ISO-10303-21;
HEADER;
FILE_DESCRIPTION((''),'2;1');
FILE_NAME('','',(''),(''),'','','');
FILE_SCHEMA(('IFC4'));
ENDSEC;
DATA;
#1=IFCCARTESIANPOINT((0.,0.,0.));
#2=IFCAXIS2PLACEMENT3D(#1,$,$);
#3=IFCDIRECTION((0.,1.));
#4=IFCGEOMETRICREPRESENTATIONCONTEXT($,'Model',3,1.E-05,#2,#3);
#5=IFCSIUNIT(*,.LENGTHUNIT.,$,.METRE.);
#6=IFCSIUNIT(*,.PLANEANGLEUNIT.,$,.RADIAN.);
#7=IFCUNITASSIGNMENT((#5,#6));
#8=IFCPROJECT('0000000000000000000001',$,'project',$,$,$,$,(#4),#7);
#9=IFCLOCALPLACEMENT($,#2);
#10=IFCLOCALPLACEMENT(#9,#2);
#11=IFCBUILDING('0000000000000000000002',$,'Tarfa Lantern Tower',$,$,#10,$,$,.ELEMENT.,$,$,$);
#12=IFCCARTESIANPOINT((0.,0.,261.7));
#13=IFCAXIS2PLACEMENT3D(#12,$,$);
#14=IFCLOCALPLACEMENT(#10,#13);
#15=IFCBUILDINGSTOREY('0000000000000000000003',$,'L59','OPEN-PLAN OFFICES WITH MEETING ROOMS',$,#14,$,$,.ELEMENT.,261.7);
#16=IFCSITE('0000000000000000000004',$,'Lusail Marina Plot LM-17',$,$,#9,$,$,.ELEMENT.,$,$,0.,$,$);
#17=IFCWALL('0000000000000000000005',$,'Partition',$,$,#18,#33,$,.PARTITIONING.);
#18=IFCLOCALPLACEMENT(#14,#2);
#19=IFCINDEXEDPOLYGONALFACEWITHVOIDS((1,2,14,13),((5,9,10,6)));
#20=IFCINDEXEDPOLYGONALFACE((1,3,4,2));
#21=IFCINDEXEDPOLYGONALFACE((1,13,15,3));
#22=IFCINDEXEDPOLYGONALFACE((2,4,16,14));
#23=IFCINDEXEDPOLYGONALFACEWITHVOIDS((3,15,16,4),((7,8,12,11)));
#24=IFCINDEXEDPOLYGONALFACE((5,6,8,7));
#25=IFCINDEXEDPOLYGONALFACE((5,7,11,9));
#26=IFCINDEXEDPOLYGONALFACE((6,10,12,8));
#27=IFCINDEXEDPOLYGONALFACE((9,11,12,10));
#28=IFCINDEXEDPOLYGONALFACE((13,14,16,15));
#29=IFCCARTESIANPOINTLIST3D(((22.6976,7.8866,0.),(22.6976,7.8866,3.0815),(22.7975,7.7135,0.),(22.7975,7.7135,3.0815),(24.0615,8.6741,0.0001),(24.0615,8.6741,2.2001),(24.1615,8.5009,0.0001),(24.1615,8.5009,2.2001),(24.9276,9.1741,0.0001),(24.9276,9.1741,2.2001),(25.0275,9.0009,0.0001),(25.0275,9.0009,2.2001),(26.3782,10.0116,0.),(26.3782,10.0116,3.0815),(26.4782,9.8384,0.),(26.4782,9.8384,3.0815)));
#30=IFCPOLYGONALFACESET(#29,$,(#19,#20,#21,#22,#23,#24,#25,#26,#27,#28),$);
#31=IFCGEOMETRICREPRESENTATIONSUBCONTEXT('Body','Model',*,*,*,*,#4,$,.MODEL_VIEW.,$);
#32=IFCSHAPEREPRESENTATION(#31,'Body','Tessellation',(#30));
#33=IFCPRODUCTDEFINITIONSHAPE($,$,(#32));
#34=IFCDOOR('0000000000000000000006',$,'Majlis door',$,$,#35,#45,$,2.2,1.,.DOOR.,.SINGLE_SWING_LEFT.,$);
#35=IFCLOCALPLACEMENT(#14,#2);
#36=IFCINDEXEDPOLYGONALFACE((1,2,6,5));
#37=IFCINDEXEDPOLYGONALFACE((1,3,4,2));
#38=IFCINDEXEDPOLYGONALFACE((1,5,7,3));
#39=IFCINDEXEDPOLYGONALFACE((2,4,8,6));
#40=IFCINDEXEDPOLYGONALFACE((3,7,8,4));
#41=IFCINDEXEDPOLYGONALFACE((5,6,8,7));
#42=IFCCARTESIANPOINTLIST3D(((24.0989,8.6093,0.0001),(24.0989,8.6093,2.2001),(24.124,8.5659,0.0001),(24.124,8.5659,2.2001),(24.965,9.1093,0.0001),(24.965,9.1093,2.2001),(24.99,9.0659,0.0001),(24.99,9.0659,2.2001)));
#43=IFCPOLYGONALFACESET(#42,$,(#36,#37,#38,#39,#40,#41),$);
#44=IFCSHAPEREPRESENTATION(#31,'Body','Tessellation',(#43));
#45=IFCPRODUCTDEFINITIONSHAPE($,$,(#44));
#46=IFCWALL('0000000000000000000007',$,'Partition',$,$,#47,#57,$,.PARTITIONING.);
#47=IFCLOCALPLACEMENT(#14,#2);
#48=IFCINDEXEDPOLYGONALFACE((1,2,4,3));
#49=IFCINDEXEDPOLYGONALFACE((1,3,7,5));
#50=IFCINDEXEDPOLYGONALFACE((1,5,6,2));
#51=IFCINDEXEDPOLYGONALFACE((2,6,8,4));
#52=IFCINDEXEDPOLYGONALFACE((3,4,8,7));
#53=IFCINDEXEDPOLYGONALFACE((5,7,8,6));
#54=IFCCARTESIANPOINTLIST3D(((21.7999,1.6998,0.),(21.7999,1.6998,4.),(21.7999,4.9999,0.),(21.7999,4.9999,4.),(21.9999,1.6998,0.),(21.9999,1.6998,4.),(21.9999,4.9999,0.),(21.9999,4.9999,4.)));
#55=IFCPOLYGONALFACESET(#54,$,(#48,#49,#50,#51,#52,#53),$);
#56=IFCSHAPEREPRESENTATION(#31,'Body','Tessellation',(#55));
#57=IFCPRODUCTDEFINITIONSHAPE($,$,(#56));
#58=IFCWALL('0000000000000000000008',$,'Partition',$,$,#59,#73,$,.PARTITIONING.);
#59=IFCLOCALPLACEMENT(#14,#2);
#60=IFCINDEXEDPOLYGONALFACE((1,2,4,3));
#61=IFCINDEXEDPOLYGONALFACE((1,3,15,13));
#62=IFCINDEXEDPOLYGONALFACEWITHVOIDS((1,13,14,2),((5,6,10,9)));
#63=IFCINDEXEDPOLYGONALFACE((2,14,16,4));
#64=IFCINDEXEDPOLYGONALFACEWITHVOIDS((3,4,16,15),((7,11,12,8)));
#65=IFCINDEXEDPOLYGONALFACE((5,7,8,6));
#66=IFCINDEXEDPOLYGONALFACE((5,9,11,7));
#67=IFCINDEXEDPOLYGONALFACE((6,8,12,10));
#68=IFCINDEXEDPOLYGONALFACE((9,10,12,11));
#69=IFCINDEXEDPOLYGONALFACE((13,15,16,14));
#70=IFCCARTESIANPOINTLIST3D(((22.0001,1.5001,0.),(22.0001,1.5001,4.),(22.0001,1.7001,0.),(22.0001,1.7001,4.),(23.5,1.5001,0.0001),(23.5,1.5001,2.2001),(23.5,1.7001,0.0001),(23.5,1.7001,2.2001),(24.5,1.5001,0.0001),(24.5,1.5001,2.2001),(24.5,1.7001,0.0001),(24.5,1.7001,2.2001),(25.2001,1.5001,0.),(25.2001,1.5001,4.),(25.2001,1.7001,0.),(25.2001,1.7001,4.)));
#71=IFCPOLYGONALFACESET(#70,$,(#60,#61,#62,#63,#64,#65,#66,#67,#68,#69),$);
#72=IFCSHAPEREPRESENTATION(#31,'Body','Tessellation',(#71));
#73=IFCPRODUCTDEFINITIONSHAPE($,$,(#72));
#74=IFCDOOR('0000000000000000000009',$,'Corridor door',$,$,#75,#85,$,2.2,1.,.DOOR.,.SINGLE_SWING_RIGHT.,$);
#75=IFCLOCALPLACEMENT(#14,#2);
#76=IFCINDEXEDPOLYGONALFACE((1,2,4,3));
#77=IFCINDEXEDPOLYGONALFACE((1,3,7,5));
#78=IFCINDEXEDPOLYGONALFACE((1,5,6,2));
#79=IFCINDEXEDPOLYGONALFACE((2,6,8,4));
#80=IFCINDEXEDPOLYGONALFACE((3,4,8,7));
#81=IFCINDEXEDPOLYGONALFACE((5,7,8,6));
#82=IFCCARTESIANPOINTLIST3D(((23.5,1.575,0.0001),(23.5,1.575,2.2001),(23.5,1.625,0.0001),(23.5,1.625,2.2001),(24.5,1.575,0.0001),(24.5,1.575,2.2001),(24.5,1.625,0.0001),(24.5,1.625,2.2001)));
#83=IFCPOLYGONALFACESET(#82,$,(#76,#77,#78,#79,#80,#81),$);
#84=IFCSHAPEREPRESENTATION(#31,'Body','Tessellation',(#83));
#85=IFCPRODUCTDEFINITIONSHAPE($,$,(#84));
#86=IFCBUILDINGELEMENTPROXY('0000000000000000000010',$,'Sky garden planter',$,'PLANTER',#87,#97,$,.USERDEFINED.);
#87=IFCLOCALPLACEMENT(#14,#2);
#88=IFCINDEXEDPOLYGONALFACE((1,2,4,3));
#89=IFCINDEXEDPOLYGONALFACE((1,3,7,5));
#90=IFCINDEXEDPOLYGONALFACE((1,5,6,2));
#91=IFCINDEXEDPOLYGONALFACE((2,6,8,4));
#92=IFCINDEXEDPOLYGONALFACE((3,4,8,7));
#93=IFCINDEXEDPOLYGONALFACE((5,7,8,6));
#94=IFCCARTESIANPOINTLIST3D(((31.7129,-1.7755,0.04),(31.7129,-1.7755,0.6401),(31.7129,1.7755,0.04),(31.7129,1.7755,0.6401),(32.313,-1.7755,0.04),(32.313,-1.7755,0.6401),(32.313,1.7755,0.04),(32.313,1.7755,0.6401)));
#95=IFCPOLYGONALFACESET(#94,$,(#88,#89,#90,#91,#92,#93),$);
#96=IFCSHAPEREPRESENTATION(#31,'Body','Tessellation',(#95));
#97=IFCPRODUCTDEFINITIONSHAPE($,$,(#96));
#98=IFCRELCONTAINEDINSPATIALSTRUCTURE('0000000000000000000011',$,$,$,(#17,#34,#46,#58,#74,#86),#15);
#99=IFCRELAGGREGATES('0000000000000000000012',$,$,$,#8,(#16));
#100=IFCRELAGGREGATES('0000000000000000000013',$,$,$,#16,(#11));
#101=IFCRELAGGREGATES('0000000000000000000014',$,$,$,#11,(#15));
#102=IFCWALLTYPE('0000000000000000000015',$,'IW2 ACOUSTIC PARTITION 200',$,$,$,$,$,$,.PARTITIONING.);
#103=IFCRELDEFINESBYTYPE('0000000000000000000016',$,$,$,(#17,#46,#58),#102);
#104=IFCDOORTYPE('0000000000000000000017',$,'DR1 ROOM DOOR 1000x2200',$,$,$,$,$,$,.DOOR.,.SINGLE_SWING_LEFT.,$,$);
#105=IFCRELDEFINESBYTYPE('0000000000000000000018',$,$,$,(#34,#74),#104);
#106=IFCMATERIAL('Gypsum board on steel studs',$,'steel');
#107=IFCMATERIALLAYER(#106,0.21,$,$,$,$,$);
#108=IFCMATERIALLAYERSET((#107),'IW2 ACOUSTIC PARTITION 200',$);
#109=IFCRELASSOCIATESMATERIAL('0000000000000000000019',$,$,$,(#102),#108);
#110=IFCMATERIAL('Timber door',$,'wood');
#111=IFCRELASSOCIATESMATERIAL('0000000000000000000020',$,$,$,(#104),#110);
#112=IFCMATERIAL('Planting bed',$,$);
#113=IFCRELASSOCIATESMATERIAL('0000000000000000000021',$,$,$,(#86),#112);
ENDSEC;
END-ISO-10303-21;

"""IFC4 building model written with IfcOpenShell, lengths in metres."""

from ifc_helpers import new_model, si_unit, direction, frame, frame_2d, origin, origin_2d, place, context, subcontext, project, spatial, rectangle, extrude, material, layer, layer_set, type_object, element, fill, save


model = new_model("IFC4")

# Units and contexts
model_context = context("Model", 3, precision=1e-05, world=origin(), true_north=direction((0.0, 1.0)))
body_context = subcontext(model_context, "Body", "Model", "MODEL_VIEW")
ifc_project = project(units=[si_unit("LENGTHUNIT", "METRE"), si_unit("PLANEANGLEUNIT", "RADIAN")], contexts=[model_context])

# Site, building, storey
site_placement = place(None, origin())
site = spatial("IfcSite", under=ifc_project, at=site_placement, Name="Lusail Marina Plot LM-17", CompositionType="ELEMENT", RefElevation=0.0)
building_placement = place(site_placement, origin())
building = spatial("IfcBuilding", under=site, at=building_placement, Name="Tarfa Lantern Tower", CompositionType="ELEMENT")
storey_placement = place(building_placement, frame((0.0, 0.0, 261.7)))
storey = spatial("IfcBuildingStorey", under=building, at=storey_placement, Name="L59", Description="OPEN-PLAN OFFICES WITH MEETING ROOMS", CompositionType="ELEMENT", Elevation=261.7)

# Shared definitions
ifc_material_1 = material(Name="Gypsum board on steel studs", Category="steel")
ifc_layer_1 = layer(ifc_material_1, 0.21)
ifc_layer_set_1 = layer_set([ifc_layer_1], Name="IW2 ACOUSTIC PARTITION 200")
wall_type = type_object("IfcWallType", Name="IW2 ACOUSTIC PARTITION 200", PredefinedType="PARTITIONING", material=ifc_layer_set_1)
ifc_material_2 = material(Name="Timber door", Category="wood")
door_type = type_object("IfcDoorType", Name="DR1 ROOM DOOR 1000x2200", OperationType="SINGLE_SWING_LEFT", PredefinedType="DOOR", material=ifc_material_2)

# Wall, opening, door
wall_1_placement = place(storey_placement, frame((22.7476, 7.8, 0.0), z_axis=(0.0, 0.0, 1.0), x_axis=(0.866029, 0.499994, 0.0)))
wall_1 = element("IfcWall", 1, at=wall_1_placement, inside=storey, type_object=wall_type, Name="Partition", PredefinedType="PARTITIONING", context=body_context, shape_type="SweptSolid", body=[
    extrude(rectangle(XDim=4.25, YDim=0.2, at=frame_2d((2.125, 0.0))), origin(), (0.0, 0.0, 1.0), 3.0815),
])
opening_1_placement = place(wall_1_placement, frame((1.575, 0.0, 0.0)))
opening_1 = element("IfcOpeningElement", 2, at=opening_1_placement, cuts=wall_1, PredefinedType="OPENING", context=body_context, shape_type="SweptSolid", body=[
    extrude(rectangle(XDim=1.0, YDim=2.2, at=frame_2d((0.5, 1.1001))), frame((0.0, 0.1099, 0.0), z_axis=(0.0, -1.0, 0.0), x_axis=(1.0, 0.0, 0.0)), (0.0, 0.0, 1.0), 0.22),
])
door_1_placement = place(opening_1_placement, frame((1.0, 0.0, 0.0), z_axis=(0.0, 0.0, 1.0), x_axis=(-1.0, 0.0, 0.0)))
door_1 = element("IfcDoor", 3, at=door_1_placement, inside=storey, type_object=door_type, Name="Majlis door", OperationType="SINGLE_SWING_LEFT", OverallHeight=2.2, OverallWidth=1.0, PredefinedType="DOOR", context=body_context, shape_type="SweptSolid", body=[
    extrude(rectangle(XDim=1.0, YDim=2.2, at=frame_2d((0.5, 1.1001))), frame((0.0, 0.0249, 0.0), z_axis=(0.0, -1.0, 0.0), x_axis=(1.0, 0.0, 0.0)), (0.0, 0.0, 1.0), 0.05),
])
fill(opening_1, door_1)

# Wall
wall_2_placement = place(storey_placement, frame((21.8999, 1.7, 0.0), z_axis=(0.0, 0.0, 1.0), x_axis=(0.0, 1.0, 0.0)))
element("IfcWall", 4, at=wall_2_placement, inside=storey, type_object=wall_type, Name="Partition", PredefinedType="PARTITIONING", context=body_context, shape_type="SweptSolid", body=[
    extrude(rectangle(XDim=3.3, YDim=0.2, at=frame_2d((1.6499, 0.0))), origin(), (0.0, 0.0, 1.0), 4.0),
])

# Wall, opening, door
wall_3_placement = place(storey_placement, frame((22.0, 1.6001, 0.0), z_axis=(0.0, 0.0, 1.0), x_axis=(1.0, 0.0, 0.0)))
wall_3 = element("IfcWall", 5, at=wall_3_placement, inside=storey, type_object=wall_type, Name="Partition", PredefinedType="PARTITIONING", context=body_context, shape_type="SweptSolid", body=[
    extrude(rectangle(XDim=3.2, YDim=0.2, at=frame_2d((1.6001, 0.0))), origin(), (0.0, 0.0, 1.0), 4.0),
])
opening_2_placement = place(wall_3_placement, frame((1.5, 0.0, 0.0)))
opening_2 = element("IfcOpeningElement", 6, at=opening_2_placement, cuts=wall_3, PredefinedType="OPENING", context=body_context, shape_type="SweptSolid", body=[
    extrude(rectangle(XDim=1.0, YDim=2.2, at=frame_2d((0.5, 1.1001))), frame((0.0, 0.1099, 0.0), z_axis=(0.0, -1.0, 0.0), x_axis=(1.0, 0.0, 0.0)), (0.0, 0.0, 1.0), 0.22),
])
door_2_placement = place(opening_2_placement, origin())
door_2 = element("IfcDoor", 7, at=door_2_placement, inside=storey, type_object=door_type, Name="Corridor door", OperationType="SINGLE_SWING_RIGHT", OverallHeight=2.2, OverallWidth=1.0, PredefinedType="DOOR", context=body_context, shape_type="SweptSolid", body=[
    extrude(rectangle(XDim=1.0, YDim=2.2, at=frame_2d((0.5, 1.1001))), frame((0.0, 0.0249, 0.0), z_axis=(0.0, -1.0, 0.0), x_axis=(1.0, 0.0, 0.0)), (0.0, 0.0, 1.0), 0.05),
])
fill(opening_2, door_2)

# Building element proxy
ifc_material_3 = material(Name="Planting bed")
proxy_placement = place(storey_placement, frame((32.0129, 0.0, 0.04), z_axis=(0.0, 0.0, 1.0), x_axis=(0.0, 1.0, 0.0)))
element("IfcBuildingElementProxy", 8, at=proxy_placement, inside=storey, material=ifc_material_3, Name="Sky garden planter", ObjectType="PLANTER", PredefinedType="USERDEFINED", context=body_context, shape_type="SweptSolid", body=[
    extrude(rectangle(XDim=3.551, YDim=0.6001, at=origin_2d()), origin(), (0.0, 0.0, 1.0), 0.6001),
])

save(model, "model.ifc")
